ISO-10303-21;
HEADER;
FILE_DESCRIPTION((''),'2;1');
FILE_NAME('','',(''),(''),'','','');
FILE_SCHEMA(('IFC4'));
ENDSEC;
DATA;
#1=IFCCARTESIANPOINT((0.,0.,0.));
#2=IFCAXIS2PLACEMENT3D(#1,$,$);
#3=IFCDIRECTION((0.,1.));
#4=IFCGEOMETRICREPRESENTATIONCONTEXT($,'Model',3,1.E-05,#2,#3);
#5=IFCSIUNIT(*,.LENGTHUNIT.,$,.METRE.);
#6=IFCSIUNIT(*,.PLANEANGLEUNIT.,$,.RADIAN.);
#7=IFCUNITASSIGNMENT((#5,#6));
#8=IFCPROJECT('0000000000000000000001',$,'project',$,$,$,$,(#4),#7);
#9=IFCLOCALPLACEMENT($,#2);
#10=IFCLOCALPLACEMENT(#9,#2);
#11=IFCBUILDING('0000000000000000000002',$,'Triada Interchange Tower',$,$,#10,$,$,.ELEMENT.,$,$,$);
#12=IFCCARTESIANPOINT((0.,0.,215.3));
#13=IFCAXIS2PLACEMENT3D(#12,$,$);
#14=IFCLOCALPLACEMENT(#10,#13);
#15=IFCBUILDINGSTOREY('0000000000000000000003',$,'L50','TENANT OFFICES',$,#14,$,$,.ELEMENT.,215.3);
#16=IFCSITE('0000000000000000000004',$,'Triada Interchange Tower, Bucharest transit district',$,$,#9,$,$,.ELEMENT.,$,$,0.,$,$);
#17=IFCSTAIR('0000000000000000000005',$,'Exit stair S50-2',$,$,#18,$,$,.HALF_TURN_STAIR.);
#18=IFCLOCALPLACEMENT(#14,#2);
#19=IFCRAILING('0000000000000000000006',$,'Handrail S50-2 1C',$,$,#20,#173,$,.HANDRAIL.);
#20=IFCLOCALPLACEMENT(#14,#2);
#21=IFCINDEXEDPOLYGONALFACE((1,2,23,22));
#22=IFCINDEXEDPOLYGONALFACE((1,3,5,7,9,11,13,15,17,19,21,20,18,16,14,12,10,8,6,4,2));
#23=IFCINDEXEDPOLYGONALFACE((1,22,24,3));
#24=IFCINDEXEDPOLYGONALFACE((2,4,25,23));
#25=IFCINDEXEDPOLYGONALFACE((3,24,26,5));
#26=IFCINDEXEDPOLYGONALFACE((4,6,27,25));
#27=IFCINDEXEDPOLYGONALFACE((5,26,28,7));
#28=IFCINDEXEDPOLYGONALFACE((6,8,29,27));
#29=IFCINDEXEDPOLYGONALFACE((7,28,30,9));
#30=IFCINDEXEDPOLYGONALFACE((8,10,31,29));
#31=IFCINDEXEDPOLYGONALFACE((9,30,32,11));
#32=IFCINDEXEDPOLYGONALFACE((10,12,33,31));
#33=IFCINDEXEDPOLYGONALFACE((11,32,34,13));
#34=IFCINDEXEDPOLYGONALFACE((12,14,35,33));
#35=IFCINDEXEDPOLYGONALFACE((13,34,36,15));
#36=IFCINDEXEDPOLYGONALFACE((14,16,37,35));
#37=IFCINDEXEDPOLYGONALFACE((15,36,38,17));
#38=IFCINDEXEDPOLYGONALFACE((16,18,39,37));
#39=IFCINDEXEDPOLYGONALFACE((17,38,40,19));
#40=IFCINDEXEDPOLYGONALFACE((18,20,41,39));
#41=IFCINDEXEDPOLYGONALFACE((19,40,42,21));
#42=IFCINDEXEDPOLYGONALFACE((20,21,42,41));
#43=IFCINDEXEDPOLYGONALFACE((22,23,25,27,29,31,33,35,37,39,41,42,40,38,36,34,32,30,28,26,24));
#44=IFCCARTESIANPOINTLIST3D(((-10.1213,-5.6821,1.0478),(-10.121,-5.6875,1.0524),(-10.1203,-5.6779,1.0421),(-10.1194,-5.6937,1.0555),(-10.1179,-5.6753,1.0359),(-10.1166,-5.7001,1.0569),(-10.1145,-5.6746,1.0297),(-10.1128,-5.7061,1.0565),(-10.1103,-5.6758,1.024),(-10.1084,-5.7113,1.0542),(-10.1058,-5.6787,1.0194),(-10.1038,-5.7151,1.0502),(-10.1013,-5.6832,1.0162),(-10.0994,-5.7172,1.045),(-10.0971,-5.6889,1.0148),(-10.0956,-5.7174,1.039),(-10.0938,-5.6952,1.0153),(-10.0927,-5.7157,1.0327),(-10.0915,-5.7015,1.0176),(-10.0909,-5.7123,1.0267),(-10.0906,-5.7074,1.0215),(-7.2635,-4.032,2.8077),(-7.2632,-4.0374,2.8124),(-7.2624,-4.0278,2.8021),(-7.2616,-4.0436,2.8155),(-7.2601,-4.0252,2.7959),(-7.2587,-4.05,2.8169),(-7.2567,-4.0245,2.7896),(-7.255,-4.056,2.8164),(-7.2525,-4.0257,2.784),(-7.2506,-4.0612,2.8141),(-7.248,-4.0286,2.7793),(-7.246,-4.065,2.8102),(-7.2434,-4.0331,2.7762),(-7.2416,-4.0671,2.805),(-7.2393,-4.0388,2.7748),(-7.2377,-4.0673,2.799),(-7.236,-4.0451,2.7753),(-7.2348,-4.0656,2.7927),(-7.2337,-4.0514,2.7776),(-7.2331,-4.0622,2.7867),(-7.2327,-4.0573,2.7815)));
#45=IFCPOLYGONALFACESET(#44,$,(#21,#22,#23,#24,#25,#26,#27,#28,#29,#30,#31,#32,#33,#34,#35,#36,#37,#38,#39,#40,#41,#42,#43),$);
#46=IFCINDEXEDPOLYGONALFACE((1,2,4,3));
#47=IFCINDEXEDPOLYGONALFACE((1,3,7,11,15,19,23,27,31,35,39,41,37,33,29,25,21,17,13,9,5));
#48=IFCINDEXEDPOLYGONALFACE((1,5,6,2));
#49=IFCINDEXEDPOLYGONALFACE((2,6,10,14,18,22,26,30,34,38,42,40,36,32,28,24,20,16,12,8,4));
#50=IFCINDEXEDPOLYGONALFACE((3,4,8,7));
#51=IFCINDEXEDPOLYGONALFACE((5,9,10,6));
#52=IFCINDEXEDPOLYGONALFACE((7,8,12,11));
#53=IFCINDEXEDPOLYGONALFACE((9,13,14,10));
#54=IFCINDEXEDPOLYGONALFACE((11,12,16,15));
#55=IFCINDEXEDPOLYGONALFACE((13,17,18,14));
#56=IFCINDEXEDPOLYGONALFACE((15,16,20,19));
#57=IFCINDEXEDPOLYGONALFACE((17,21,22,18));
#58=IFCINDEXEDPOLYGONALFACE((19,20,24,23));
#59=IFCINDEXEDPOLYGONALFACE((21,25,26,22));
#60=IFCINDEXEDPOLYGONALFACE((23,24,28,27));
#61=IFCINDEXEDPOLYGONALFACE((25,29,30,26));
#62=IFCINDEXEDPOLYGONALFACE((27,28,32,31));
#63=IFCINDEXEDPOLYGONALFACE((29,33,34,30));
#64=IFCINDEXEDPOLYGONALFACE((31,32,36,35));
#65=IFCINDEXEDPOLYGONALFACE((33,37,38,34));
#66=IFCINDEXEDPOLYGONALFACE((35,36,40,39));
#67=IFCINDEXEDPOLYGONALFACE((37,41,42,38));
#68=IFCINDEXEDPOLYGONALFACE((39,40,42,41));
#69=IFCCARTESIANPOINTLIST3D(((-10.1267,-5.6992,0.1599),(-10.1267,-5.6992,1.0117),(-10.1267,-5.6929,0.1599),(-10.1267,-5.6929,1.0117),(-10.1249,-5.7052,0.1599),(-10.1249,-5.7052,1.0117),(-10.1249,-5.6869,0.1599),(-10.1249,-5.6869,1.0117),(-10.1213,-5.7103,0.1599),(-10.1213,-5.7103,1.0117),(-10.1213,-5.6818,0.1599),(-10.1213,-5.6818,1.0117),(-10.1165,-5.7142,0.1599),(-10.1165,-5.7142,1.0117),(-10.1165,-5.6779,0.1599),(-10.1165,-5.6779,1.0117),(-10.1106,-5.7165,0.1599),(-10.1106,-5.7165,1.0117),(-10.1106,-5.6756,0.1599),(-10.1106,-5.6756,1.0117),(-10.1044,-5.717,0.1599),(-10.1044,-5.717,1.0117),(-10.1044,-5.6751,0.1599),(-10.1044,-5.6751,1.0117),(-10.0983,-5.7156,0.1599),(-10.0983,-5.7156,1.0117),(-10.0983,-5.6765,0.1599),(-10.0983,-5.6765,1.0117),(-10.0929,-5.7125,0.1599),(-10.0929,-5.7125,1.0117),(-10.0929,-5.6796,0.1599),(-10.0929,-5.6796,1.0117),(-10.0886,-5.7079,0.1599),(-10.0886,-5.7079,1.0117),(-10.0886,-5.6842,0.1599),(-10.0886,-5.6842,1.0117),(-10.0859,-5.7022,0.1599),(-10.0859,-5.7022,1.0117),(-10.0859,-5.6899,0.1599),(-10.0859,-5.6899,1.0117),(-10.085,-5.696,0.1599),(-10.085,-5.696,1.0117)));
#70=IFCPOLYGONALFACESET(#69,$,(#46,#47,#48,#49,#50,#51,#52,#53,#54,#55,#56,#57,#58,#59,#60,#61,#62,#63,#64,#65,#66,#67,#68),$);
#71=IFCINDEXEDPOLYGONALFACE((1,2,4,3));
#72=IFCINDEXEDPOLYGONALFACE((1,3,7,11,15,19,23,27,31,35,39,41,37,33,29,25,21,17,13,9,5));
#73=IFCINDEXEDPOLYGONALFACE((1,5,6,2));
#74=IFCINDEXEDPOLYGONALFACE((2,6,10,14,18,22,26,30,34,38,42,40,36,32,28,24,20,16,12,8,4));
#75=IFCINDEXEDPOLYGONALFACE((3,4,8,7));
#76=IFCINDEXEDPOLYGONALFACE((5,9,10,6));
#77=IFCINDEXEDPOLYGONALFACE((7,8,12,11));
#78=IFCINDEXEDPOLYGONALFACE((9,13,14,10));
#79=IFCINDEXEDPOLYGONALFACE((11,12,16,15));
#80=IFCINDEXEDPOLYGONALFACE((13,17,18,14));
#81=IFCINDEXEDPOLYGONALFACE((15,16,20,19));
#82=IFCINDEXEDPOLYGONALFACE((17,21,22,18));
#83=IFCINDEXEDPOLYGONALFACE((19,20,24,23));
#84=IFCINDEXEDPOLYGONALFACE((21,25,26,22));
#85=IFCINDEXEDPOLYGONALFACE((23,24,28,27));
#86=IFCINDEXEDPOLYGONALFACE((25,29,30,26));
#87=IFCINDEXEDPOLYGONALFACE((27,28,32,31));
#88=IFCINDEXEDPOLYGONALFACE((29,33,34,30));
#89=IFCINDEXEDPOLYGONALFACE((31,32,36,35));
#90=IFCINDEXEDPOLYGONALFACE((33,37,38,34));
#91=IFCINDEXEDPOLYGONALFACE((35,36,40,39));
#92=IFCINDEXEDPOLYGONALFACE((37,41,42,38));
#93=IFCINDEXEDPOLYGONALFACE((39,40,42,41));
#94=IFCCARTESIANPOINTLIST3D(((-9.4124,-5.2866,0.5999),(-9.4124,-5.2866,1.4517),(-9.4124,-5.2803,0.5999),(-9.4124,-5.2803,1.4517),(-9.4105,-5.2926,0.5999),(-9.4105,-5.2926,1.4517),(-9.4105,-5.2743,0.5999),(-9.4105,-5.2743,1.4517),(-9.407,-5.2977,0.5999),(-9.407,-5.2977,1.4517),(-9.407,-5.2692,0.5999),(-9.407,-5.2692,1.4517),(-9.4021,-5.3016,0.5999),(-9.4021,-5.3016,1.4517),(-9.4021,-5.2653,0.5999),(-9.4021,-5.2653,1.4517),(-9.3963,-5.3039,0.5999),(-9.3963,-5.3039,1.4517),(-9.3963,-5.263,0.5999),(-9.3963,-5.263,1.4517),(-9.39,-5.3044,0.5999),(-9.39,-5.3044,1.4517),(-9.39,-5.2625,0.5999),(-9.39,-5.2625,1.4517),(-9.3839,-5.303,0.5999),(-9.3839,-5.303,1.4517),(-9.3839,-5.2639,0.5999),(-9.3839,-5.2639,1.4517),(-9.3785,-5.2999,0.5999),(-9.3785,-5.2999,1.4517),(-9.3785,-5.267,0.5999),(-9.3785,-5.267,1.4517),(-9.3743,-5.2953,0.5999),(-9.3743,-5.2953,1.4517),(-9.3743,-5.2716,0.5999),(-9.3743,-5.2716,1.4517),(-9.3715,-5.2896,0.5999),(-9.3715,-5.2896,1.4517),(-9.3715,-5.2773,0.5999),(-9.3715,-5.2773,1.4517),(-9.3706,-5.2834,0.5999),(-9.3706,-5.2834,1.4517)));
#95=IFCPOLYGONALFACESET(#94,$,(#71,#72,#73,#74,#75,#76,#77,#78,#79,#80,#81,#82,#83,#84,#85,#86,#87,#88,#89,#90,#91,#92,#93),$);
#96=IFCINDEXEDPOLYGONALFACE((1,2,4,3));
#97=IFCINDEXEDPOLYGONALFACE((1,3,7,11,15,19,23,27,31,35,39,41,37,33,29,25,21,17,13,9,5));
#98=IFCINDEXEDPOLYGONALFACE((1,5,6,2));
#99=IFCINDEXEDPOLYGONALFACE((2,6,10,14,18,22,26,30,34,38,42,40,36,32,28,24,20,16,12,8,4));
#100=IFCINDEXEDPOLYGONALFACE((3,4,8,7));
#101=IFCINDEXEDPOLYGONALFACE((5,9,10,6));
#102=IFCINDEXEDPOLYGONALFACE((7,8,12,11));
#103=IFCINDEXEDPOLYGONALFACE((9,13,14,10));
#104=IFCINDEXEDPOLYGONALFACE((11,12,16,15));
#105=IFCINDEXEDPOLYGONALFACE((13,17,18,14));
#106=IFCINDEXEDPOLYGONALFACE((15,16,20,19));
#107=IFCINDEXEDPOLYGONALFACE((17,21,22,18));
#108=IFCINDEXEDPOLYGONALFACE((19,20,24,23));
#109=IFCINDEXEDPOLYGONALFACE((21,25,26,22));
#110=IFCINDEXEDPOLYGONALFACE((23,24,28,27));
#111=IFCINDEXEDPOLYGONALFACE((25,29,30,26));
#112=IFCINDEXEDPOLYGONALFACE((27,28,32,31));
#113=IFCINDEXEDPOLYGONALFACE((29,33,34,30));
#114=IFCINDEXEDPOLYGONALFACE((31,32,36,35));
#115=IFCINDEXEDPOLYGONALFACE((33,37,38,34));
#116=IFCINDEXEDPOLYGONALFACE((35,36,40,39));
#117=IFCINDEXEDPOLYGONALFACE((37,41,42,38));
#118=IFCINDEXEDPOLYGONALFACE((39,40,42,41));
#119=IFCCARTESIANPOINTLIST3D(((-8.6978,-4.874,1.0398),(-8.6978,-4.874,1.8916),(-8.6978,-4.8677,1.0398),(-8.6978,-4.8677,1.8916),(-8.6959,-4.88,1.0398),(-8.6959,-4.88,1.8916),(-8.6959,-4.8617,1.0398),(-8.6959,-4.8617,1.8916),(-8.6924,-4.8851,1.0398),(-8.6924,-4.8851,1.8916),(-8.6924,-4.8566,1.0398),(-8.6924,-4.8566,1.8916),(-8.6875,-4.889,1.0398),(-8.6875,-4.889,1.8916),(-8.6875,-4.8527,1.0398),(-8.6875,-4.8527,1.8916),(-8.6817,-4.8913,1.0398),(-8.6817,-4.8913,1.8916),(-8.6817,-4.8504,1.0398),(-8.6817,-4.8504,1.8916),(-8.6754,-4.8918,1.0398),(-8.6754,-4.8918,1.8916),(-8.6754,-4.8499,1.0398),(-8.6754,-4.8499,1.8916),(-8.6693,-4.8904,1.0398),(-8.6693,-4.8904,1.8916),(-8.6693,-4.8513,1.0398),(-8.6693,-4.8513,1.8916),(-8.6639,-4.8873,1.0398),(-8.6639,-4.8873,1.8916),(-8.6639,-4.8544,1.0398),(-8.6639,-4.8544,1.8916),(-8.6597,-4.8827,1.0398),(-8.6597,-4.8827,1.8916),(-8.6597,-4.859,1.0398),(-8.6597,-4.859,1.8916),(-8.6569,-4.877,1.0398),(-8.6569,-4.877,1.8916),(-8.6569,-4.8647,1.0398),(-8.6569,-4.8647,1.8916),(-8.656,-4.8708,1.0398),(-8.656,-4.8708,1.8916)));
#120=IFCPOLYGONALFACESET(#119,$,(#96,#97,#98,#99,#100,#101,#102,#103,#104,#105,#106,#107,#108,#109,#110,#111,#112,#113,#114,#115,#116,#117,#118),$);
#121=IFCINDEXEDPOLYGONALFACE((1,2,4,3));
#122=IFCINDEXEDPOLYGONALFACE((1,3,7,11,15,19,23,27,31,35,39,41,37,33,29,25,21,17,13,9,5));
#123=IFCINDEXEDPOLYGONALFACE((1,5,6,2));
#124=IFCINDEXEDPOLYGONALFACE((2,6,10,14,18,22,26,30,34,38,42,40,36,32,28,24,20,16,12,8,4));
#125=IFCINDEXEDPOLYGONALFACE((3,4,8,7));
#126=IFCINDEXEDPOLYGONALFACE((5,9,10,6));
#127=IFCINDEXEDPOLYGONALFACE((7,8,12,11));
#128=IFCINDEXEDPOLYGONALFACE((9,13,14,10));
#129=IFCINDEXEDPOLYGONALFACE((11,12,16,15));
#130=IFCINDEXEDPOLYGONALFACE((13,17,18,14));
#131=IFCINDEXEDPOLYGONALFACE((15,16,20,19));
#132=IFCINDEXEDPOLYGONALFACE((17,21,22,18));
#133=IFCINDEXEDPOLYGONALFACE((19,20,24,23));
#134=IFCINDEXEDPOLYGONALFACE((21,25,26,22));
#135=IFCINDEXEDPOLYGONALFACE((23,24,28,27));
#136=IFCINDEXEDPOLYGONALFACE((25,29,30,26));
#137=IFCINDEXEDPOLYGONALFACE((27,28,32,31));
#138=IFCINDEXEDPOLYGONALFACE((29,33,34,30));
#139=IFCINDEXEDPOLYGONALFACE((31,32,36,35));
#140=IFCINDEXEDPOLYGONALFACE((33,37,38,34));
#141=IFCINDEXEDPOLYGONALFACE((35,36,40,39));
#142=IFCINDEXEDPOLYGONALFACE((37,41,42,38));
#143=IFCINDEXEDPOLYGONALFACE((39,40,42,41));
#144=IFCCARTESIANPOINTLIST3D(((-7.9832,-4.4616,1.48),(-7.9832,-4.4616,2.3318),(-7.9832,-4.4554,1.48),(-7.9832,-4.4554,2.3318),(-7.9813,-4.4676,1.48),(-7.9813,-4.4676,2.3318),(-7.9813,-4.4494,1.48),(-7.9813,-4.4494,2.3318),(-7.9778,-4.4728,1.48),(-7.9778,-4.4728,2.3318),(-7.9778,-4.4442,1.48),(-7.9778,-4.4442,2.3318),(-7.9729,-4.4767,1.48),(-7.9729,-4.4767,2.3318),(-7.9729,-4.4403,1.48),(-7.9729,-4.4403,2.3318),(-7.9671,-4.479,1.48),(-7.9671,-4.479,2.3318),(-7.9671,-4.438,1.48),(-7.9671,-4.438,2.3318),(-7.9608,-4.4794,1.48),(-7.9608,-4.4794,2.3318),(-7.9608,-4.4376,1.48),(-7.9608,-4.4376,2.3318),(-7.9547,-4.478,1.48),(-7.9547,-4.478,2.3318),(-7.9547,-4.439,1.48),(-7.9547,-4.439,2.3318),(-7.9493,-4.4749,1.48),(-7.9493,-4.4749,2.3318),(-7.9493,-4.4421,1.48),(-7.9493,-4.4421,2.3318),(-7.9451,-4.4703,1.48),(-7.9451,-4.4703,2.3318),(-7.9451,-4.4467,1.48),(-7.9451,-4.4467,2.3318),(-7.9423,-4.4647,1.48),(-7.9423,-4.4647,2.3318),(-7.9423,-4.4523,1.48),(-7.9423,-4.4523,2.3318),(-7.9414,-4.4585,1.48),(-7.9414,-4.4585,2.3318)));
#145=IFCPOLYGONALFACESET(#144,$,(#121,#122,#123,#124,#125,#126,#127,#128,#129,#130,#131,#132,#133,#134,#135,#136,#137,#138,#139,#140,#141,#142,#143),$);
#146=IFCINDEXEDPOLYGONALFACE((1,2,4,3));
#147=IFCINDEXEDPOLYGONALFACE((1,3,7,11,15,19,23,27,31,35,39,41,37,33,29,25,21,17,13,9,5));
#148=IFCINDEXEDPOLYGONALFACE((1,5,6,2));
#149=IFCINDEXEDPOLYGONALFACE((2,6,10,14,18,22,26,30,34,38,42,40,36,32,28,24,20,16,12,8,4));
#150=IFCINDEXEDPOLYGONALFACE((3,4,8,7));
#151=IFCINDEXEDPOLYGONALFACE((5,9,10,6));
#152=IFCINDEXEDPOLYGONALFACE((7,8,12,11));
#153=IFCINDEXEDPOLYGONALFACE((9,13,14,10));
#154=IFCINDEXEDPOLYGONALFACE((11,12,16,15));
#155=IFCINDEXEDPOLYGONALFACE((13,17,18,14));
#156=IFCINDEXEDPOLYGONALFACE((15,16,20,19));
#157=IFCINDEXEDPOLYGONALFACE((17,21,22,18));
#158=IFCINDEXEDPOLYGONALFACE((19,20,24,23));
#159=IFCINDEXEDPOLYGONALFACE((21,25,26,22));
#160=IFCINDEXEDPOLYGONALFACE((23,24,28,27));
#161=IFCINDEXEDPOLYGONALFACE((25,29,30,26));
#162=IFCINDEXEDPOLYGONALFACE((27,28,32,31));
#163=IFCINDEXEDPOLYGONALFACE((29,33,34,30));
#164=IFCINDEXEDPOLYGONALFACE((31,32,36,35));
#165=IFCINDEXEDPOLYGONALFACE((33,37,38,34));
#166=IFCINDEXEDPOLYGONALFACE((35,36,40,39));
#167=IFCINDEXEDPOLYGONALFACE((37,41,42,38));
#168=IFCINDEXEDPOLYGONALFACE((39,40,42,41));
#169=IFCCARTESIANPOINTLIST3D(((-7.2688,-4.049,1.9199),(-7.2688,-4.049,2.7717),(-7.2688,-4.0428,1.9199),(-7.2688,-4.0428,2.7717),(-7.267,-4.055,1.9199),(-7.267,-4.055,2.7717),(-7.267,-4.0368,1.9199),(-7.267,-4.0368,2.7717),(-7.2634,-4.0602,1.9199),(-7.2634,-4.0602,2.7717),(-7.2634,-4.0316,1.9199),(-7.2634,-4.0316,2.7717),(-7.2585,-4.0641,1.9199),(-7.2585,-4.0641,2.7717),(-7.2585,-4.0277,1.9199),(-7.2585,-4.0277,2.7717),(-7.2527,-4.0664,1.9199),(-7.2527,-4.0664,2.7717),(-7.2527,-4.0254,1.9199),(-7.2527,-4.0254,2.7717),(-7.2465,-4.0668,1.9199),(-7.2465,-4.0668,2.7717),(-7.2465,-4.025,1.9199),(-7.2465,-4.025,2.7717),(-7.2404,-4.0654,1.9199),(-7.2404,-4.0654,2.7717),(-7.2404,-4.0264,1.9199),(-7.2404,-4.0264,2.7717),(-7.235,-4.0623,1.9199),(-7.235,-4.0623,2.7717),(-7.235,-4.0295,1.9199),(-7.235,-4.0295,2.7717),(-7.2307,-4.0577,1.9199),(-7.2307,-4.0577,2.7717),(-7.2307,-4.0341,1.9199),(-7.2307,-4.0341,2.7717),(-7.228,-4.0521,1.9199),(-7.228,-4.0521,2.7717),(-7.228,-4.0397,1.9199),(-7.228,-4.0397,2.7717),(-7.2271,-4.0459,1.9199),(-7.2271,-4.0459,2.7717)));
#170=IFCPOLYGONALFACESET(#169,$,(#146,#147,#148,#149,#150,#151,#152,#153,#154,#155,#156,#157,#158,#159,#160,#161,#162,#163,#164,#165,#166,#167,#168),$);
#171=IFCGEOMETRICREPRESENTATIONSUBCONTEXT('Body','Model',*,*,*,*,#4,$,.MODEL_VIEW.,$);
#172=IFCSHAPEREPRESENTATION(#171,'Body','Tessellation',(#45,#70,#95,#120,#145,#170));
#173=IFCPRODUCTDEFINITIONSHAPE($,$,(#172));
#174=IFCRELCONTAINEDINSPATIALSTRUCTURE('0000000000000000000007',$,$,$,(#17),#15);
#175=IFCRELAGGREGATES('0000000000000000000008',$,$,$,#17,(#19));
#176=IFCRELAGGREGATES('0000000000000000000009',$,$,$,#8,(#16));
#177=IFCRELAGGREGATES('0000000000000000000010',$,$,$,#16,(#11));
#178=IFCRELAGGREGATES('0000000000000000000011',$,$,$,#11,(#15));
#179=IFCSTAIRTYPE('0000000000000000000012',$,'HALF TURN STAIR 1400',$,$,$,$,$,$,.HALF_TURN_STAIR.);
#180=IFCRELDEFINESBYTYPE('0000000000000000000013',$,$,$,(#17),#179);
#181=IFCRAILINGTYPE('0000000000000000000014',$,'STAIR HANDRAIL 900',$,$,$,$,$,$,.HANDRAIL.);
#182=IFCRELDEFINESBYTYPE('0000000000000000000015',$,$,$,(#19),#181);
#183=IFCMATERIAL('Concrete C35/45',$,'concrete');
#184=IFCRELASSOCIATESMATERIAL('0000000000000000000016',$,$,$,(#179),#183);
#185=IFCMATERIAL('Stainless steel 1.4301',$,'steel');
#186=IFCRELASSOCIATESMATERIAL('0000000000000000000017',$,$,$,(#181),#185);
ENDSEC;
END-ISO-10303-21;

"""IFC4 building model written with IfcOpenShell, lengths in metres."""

from ifc_helpers import new_model, si_unit, direction, frame, origin, origin_2d, place, context, subcontext, project, spatial, circle, extrude, material, type_object, element, aggregate, save


model = new_model("IFC4")

# Units and contexts
model_context = context("Model", 3, precision=1e-05, world=origin(), true_north=direction((0.0, 1.0)))
body_context = subcontext(model_context, "Body", "Model", "MODEL_VIEW")
ifc_project = project(units=[si_unit("LENGTHUNIT", "METRE"), si_unit("PLANEANGLEUNIT", "RADIAN")], contexts=[model_context])

# Site, building, storey
site_placement = place(None, origin())
site = spatial("IfcSite", under=ifc_project, at=site_placement, Name="Triada Interchange Tower, Bucharest transit district", CompositionType="ELEMENT", RefElevation=0.0)
building_placement = place(site_placement, origin())
building = spatial("IfcBuilding", under=site, at=building_placement, Name="Triada Interchange Tower", CompositionType="ELEMENT")
storey_placement = place(building_placement, frame((0.0, 0.0, 215.3)))
storey = spatial("IfcBuildingStorey", under=building, at=storey_placement, Name="L50", Description="TENANT OFFICES", CompositionType="ELEMENT", Elevation=215.3)

# Stair, railing
ifc_material_1 = material(Name="Concrete C35/45", Category="concrete")
stair_type = type_object("IfcStairType", Name="HALF TURN STAIR 1400", PredefinedType="HALF_TURN_STAIR", material=ifc_material_1)
stair_placement = place(storey_placement, origin())
stair = element("IfcStair", 1, at=stair_placement, inside=storey, type_object=stair_type, Name="Exit stair S50-2", PredefinedType="HALF_TURN_STAIR")
ifc_material_2 = material(Name="Stainless steel 1.4301", Category="steel")
railing_type = type_object("IfcRailingType", Name="STAIR HANDRAIL 900", PredefinedType="HANDRAIL", material=ifc_material_2)
railing_1_placement = place(storey_placement, frame((-10.106, -5.696, 0.1599)))
railing_1 = element("IfcRailing", 2, at=railing_1_placement, type_object=railing_type, Name="Handrail S50-2 1C", PredefinedType="HANDRAIL", context=body_context, shape_type="SweptSolid", body=[
    extrude(circle(Radius=0.0239, at=origin_2d()), frame((0.0, 0.0, 0.876), z_axis=(0.764129, 0.441205, 0.47058), x_axis=(-0.50003, 0.866008, 0.0)), (0.0, 0.0, 1.0), 3.74),
    extrude(circle(Radius=0.021, at=origin_2d()), origin(), (0.0, 0.0, 1.0), 0.8518),
    extrude(circle(Radius=0.021, at=origin_2d()), frame((0.7144, 0.4126, 0.4399)), (0.0, 0.0, 1.0), 0.8518),
    extrude(circle(Radius=0.021, at=origin_2d()), frame((1.429, 0.8252, 0.8799)), (0.0, 0.0, 1.0), 0.8518),
    extrude(circle(Radius=0.021, at=origin_2d()), frame((2.1436, 1.2375, 1.3201)), (0.0, 0.0, 1.0), 0.8518),
    extrude(circle(Radius=0.021, at=origin_2d()), frame((2.8579, 1.6501, 1.76)), (0.0, 0.0, 1.0), 0.8518),
])
aggregate(stair, [railing_1])

save(model, "model.ifc")
